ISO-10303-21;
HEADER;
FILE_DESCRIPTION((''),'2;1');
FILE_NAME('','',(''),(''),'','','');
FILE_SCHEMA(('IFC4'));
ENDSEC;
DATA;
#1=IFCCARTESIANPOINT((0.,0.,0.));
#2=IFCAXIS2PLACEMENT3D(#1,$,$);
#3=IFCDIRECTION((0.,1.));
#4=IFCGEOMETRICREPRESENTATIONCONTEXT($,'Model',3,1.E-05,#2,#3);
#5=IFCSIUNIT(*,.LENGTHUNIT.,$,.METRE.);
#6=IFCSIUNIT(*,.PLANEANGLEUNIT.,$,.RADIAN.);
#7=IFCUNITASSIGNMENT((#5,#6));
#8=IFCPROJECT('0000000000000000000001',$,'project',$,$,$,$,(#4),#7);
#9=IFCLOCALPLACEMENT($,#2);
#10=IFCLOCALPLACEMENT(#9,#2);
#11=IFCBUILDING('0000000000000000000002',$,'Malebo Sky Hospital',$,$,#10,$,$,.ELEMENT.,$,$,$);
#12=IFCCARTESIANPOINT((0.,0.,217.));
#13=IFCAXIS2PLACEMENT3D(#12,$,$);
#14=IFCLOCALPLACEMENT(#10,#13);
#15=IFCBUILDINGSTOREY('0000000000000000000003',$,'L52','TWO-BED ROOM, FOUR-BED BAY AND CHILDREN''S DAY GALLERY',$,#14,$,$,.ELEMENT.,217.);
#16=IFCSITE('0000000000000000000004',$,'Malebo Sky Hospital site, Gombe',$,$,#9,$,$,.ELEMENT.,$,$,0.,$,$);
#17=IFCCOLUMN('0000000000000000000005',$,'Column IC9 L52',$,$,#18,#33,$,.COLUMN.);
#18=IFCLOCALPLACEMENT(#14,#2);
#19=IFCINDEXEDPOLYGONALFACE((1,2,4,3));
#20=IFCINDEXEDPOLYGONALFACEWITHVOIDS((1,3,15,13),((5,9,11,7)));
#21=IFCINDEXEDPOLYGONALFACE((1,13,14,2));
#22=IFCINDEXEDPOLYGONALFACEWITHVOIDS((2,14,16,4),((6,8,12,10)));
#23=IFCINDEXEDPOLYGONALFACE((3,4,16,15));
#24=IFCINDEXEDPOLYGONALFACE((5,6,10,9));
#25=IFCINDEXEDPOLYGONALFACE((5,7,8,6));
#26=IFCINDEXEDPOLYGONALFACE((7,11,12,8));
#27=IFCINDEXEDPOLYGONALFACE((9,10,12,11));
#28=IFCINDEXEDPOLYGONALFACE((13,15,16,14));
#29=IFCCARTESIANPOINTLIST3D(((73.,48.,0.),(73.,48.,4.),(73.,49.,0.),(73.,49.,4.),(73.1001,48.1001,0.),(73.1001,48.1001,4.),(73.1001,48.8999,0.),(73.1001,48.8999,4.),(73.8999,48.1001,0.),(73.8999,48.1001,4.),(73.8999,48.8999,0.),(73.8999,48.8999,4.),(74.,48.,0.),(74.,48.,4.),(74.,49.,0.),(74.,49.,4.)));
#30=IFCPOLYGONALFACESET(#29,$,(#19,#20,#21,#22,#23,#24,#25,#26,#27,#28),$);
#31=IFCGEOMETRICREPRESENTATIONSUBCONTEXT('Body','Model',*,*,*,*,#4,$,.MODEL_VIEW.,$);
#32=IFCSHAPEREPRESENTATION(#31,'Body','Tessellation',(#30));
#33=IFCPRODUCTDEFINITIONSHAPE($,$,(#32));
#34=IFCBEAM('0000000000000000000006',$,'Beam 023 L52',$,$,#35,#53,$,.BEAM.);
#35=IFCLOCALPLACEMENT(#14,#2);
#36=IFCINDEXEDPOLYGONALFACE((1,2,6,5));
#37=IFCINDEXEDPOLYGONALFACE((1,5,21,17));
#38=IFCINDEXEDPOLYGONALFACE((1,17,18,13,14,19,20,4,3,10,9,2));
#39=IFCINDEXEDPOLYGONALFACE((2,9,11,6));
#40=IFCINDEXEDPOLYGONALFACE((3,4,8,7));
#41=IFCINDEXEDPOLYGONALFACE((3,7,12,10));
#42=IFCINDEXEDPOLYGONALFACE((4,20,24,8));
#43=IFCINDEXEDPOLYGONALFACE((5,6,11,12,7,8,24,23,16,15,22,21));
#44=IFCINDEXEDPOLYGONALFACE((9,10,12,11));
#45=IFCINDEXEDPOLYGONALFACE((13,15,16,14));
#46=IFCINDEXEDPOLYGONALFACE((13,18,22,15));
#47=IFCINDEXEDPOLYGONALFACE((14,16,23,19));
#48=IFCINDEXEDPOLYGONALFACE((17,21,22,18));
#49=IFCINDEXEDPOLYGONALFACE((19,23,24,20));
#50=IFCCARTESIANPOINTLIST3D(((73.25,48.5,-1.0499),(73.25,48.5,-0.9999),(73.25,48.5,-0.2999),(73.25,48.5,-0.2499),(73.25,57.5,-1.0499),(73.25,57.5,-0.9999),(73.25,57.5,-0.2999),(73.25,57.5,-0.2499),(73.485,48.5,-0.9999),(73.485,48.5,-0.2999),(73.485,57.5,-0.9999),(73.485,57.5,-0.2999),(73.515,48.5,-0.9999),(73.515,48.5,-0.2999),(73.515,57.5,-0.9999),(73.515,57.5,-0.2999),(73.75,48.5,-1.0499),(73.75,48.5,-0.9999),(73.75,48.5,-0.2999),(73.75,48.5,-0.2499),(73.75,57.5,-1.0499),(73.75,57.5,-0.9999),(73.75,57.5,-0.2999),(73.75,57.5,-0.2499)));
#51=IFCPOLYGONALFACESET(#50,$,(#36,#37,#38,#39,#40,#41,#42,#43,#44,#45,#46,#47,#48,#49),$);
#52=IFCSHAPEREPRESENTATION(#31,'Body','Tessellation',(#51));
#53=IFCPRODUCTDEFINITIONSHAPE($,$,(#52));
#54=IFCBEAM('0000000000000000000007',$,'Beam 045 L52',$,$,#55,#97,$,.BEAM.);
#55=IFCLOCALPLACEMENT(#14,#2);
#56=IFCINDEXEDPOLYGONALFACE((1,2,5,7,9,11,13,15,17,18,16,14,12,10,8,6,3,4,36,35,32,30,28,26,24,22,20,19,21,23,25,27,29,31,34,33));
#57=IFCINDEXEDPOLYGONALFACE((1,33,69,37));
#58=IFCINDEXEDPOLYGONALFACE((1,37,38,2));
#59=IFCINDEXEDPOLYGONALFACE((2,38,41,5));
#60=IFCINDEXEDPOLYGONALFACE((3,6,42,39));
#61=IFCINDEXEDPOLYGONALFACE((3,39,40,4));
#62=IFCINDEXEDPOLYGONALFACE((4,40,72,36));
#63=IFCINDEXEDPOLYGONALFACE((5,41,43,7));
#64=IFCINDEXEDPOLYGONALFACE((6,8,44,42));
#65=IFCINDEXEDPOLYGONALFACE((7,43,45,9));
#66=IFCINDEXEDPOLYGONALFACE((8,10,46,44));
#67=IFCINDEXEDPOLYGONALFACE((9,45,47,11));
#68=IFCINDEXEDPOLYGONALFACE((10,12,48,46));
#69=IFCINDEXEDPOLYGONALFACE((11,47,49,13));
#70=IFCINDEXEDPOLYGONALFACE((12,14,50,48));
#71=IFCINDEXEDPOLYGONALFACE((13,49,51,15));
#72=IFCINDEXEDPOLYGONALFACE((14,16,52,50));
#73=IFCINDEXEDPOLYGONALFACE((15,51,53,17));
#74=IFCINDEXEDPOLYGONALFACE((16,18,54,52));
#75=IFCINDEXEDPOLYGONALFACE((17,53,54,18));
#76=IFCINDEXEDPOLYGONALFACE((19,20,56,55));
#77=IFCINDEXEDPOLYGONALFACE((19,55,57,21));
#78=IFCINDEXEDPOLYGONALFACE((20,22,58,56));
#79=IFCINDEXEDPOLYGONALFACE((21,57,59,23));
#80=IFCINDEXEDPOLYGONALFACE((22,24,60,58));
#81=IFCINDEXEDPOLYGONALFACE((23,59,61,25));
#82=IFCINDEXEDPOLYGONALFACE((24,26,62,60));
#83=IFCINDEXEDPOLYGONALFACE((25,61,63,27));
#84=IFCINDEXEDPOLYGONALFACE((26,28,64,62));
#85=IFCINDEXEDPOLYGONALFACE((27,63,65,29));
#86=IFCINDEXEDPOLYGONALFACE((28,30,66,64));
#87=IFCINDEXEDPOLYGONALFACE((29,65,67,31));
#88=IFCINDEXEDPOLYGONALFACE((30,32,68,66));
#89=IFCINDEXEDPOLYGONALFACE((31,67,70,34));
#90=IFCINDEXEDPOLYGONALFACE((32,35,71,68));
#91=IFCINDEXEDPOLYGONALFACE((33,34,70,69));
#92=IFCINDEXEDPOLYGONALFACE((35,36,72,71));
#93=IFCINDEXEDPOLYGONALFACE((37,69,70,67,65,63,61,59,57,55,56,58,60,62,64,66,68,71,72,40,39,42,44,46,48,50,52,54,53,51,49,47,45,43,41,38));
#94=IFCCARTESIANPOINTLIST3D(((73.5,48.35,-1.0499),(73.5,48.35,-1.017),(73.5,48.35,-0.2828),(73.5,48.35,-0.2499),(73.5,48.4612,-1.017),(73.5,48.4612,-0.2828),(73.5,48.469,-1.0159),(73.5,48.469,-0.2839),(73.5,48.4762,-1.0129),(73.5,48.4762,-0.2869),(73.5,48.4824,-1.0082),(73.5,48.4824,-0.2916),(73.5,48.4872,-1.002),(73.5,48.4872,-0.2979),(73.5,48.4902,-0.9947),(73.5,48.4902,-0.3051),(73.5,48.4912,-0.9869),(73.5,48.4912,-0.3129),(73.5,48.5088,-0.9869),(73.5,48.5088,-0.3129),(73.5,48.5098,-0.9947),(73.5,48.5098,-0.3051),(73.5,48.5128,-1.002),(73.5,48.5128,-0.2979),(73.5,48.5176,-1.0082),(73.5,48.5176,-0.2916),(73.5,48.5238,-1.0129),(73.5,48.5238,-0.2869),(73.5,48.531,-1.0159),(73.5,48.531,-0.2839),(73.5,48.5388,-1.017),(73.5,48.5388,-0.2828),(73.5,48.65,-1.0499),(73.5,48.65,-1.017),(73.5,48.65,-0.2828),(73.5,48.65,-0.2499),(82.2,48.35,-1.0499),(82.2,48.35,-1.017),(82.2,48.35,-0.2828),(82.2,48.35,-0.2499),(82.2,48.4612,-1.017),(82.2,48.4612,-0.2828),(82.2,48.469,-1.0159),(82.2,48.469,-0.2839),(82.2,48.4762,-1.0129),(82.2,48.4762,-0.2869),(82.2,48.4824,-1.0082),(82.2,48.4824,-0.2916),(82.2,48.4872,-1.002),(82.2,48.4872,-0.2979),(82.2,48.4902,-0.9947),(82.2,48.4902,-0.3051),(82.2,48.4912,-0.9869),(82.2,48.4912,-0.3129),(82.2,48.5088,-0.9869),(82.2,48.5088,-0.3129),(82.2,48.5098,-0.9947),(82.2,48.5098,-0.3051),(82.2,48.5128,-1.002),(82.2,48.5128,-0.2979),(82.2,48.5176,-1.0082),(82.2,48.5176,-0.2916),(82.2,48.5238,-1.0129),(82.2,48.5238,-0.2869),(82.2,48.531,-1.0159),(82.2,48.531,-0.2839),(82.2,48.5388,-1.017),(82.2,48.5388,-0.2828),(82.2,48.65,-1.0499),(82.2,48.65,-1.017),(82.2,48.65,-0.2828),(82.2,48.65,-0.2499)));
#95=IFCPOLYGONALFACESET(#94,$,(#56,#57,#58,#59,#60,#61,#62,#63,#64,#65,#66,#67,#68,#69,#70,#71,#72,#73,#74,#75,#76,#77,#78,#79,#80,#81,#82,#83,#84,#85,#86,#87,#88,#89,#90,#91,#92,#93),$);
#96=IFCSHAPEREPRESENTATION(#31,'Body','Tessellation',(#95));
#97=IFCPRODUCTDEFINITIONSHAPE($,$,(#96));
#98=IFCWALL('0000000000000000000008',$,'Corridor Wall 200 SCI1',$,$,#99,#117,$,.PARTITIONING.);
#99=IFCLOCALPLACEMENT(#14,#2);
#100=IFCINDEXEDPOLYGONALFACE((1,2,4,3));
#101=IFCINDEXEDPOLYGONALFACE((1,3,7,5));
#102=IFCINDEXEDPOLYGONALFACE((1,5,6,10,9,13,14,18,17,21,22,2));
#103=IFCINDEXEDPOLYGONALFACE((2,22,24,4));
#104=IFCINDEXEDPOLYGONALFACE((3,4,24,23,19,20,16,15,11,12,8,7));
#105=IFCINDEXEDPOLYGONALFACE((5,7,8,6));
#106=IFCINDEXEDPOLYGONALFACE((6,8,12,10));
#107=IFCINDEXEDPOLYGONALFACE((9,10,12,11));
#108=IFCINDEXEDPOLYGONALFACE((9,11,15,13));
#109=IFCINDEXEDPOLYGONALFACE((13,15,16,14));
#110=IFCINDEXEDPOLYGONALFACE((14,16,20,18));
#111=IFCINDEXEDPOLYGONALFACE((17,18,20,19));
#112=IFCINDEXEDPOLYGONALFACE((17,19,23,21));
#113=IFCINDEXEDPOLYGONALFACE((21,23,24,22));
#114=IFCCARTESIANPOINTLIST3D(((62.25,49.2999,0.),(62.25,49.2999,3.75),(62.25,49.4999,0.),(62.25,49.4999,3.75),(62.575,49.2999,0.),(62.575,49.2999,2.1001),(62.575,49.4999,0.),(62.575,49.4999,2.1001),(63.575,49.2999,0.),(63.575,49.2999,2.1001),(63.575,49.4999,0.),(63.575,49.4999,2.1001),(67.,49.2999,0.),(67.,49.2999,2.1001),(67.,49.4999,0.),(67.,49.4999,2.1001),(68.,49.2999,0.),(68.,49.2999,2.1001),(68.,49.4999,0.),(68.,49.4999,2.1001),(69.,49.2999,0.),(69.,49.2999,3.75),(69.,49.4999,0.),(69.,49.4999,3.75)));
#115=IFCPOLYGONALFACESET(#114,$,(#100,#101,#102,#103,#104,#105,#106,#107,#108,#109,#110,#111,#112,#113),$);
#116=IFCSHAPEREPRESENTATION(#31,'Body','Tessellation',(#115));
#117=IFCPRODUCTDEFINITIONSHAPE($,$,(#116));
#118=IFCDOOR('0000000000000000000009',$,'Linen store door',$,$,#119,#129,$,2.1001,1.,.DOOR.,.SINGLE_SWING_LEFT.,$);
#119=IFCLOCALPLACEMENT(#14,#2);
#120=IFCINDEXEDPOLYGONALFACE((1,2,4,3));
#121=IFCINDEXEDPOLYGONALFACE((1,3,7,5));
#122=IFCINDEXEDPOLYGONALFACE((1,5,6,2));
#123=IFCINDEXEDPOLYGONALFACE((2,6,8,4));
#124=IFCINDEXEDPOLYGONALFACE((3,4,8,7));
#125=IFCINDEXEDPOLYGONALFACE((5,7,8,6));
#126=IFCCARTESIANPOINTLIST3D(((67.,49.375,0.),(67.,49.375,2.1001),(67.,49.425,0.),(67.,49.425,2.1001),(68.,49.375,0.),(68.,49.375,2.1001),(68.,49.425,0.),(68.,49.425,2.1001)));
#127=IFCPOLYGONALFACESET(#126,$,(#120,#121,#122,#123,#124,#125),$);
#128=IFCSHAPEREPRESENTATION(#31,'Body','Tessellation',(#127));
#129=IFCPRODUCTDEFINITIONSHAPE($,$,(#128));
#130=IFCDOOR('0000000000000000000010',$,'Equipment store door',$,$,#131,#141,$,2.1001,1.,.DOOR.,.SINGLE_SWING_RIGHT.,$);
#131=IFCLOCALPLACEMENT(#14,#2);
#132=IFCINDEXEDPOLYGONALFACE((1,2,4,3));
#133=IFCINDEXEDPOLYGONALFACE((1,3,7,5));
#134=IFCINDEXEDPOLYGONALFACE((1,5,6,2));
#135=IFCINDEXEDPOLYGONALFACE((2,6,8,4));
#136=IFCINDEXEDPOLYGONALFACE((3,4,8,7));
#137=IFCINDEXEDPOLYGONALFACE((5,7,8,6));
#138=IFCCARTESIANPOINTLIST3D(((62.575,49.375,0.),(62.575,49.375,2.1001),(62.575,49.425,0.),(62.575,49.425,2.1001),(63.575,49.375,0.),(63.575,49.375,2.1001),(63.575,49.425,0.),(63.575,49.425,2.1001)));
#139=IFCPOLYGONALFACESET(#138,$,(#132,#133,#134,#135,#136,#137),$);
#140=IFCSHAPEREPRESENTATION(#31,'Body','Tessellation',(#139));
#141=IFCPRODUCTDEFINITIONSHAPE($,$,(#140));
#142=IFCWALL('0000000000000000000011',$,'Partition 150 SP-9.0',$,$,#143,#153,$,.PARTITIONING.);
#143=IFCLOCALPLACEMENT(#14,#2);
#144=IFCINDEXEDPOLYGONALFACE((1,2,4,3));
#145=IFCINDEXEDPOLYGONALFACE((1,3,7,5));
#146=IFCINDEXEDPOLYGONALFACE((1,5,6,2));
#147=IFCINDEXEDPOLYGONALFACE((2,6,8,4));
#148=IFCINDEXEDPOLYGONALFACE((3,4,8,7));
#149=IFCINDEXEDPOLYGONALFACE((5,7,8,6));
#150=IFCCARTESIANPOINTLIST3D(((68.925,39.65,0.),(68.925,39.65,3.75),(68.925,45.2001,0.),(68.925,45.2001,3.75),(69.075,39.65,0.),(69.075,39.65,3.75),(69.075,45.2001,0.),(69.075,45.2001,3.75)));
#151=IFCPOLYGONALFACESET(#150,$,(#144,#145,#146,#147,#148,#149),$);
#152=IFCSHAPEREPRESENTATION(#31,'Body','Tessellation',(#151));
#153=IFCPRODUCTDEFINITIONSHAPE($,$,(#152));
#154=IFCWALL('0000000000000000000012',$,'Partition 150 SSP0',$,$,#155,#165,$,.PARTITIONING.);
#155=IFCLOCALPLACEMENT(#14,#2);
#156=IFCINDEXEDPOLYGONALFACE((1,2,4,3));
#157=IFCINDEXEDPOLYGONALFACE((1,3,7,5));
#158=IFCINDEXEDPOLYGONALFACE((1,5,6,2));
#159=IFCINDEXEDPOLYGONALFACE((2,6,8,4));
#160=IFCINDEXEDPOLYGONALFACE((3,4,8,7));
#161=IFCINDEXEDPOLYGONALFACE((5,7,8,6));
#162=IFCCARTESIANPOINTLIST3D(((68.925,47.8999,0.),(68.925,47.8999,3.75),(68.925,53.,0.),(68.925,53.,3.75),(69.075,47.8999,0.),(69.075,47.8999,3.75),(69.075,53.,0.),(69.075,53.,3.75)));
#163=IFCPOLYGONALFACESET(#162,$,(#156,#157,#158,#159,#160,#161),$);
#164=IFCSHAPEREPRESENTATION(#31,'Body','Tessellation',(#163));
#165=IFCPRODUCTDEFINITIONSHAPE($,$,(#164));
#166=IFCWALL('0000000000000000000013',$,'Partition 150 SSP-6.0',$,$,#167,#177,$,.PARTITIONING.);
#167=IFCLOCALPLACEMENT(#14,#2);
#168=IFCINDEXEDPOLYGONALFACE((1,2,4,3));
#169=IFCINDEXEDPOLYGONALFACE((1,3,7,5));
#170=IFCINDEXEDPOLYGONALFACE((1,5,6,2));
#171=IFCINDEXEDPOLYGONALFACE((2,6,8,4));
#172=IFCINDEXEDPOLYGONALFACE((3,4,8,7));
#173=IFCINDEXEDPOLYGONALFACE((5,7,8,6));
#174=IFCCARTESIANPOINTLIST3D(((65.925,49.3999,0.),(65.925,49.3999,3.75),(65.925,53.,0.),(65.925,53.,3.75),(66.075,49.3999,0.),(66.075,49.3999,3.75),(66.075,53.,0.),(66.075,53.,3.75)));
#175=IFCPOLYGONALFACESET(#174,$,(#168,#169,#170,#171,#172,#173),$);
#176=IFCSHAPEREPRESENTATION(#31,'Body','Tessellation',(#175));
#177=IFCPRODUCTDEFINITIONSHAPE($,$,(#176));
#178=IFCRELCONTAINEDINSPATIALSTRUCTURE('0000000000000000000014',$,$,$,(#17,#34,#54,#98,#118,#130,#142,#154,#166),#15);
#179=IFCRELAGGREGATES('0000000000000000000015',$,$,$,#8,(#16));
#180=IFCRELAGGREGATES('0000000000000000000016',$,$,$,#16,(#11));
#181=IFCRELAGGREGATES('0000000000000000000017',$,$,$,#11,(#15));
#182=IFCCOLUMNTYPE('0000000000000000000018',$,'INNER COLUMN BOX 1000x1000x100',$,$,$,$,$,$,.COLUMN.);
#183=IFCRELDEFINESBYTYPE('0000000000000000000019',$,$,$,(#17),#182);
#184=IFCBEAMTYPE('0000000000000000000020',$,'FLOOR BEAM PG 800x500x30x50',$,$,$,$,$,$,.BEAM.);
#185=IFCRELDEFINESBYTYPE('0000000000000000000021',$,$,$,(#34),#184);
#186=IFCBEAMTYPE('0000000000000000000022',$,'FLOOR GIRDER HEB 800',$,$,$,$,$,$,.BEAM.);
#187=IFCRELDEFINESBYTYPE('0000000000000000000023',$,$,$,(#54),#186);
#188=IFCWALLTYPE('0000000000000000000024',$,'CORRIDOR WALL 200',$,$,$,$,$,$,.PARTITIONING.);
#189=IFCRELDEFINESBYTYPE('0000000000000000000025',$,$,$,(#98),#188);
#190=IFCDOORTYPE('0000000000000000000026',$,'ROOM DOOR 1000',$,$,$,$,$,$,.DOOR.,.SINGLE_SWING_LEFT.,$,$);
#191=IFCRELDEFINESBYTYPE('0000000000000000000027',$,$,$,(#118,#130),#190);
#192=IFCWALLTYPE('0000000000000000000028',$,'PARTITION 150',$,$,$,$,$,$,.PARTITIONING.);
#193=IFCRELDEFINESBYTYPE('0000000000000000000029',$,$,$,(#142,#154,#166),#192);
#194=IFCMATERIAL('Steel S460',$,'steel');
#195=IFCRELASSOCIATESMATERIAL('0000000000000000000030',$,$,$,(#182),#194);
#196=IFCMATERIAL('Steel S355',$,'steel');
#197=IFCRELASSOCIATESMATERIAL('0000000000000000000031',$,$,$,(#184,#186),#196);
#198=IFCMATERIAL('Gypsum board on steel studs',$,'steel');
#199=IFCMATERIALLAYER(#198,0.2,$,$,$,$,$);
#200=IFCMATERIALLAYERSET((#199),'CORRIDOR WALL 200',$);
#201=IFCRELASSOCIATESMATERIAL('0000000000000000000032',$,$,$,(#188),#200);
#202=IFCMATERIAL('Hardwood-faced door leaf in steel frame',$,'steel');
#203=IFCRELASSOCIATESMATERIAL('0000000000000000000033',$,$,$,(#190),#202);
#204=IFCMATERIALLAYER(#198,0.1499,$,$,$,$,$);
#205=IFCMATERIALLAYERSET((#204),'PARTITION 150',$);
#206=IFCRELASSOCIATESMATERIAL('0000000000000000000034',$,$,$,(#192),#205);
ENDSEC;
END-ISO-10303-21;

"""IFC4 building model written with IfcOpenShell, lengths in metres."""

from ifc_helpers import new_model, si_unit, direction, frame, frame_2d, origin, origin_2d, place, context, subcontext, project, spatial, rectangle, hollow_rectangle, i_section, extrude, material, layer, layer_set, material_profile, profile_set, type_object, element, fill, save


model = new_model("IFC4")

# Units and contexts
model_context = context("Model", 3, precision=1e-05, world=origin(), true_north=direction((0.0, 1.0)))
body_context = subcontext(model_context, "Body", "Model", "MODEL_VIEW")
ifc_project = project(units=[si_unit("LENGTHUNIT", "METRE"), si_unit("PLANEANGLEUNIT", "RADIAN")], contexts=[model_context])

# Site, building, storey
site_placement = place(None, origin())
site = spatial("IfcSite", under=ifc_project, at=site_placement, Name="Malebo Sky Hospital site, Gombe", CompositionType="ELEMENT", RefElevation=0.0)
building_placement = place(site_placement, origin())
building = spatial("IfcBuilding", under=site, at=building_placement, Name="Malebo Sky Hospital", CompositionType="ELEMENT")
storey_placement = place(building_placement, frame((0.0, 0.0, 217.0)))
storey = spatial("IfcBuildingStorey", under=building, at=storey_placement, Name="L52", Description="TWO-BED ROOM, FOUR-BED BAY AND CHILDREN'S DAY GALLERY", CompositionType="ELEMENT", Elevation=217.0)

# Column
ifc_material_1 = material(Name="Steel S460", Category="steel")
ifc_material_profile_1 = material_profile(ifc_material_1, hollow_rectangle(XDim=1.0, YDim=1.0, WallThickness=0.1001, at=origin_2d()), Name="BOX 1000x1000x100")
ifc_profile_set_1 = profile_set([ifc_material_profile_1], Name="Steel S460")
column_type = type_object("IfcColumnType", Name="INNER COLUMN BOX 1000x1000x100", PredefinedType="COLUMN", material=ifc_profile_set_1)
column_placement = place(storey_placement, frame((73.5, 48.5, 0.0), z_axis=(0.0, 0.0, 1.0), x_axis=(1.0, 0.0, 0.0)))
element("IfcColumn", 1, at=column_placement, inside=storey, type_object=column_type, Name="Column IC9 L52", PredefinedType="COLUMN", context=body_context, shape_type="SweptSolid", body=[
    extrude(hollow_rectangle(XDim=1.0, YDim=1.0, WallThickness=0.1001, at=origin_2d()), origin(), (0.0, 0.0, 1.0), 4.0),
])

# Beams
ifc_material_2 = material(Name="Steel S355", Category="steel")
ifc_material_profile_2 = material_profile(ifc_material_2, i_section(OverallWidth=0.5, OverallDepth=0.8, WebThickness=0.03, FlangeThickness=0.05, at=origin_2d()), Name="PG 800x500x30x50")
ifc_profile_set_2 = profile_set([ifc_material_profile_2], Name="Steel S355")
beam_type_1 = type_object("IfcBeamType", Name="FLOOR BEAM PG 800x500x30x50", PredefinedType="BEAM", material=ifc_profile_set_2)
beam_1_placement = place(storey_placement, frame((73.5, 48.5, -0.6499), z_axis=(0.0, 1.0, 0.0), x_axis=(-1.0, 0.0, 0.0)))
element("IfcBeam", 2, at=beam_1_placement, inside=storey, type_object=beam_type_1, Name="Beam 023 L52", PredefinedType="BEAM", context=body_context, shape_type="SweptSolid", body=[
    extrude(i_section(OverallWidth=0.5, OverallDepth=0.8, WebThickness=0.03, FlangeThickness=0.05, at=origin_2d()), origin(), (0.0, 0.0, 1.0), 9.0),
])
ifc_material_profile_3 = material_profile(ifc_material_2, i_section(OverallWidth=0.3, OverallDepth=0.8, WebThickness=0.0176, FlangeThickness=0.033, FilletRadius=0.03, at=origin_2d()), Name="HEB 800")
ifc_profile_set_3 = profile_set([ifc_material_profile_3], Name="Steel S355")
beam_type_2 = type_object("IfcBeamType", Name="FLOOR GIRDER HEB 800", PredefinedType="BEAM", material=ifc_profile_set_3)
beam_2_placement = place(storey_placement, frame((73.5, 48.5, -0.6499), z_axis=(1.0, 0.0, 0.0), x_axis=(0.0, 1.0, 0.0)))
element("IfcBeam", 3, at=beam_2_placement, inside=storey, type_object=beam_type_2, Name="Beam 045 L52", PredefinedType="BEAM", context=body_context, shape_type="SweptSolid", body=[
    extrude(i_section(OverallWidth=0.3, OverallDepth=0.8, WebThickness=0.0176, FlangeThickness=0.033, FilletRadius=0.03, at=origin_2d()), origin(), (0.0, 0.0, 1.0), 8.7),
])

# Wall, openings, doors
ifc_material_3 = material(Name="Gypsum board on steel studs", Category="steel")
ifc_layer_1 = layer(ifc_material_3, 0.2)
ifc_layer_set_1 = layer_set([ifc_layer_1], Name="CORRIDOR WALL 200")
wall_type_1 = type_object("IfcWallType", Name="CORRIDOR WALL 200", PredefinedType="PARTITIONING", material=ifc_layer_set_1)
wall_1_placement = place(storey_placement, frame((69.0, 49.3999, 0.0), z_axis=(0.0, 0.0, 1.0), x_axis=(-1.0, 0.0, 0.0)))
wall_1 = element("IfcWall", 4, at=wall_1_placement, inside=storey, type_object=wall_type_1, Name="Corridor Wall 200 SCI1", PredefinedType="PARTITIONING", context=body_context, shape_type="SweptSolid", body=[
    extrude(rectangle(XDim=6.75, YDim=0.2, at=frame_2d((3.375, 0.0))), origin(), (0.0, 0.0, 1.0), 3.75),
])
opening_1_placement = place(wall_1_placement, frame((1.0, 0.0, 0.0)))
opening_1 = element("IfcOpeningElement", 5, at=opening_1_placement, cuts=wall_1, PredefinedType="OPENING", context=body_context, shape_type="SweptSolid", body=[
    extrude(rectangle(XDim=1.0, YDim=2.1001, at=frame_2d((0.5, 1.05))), frame((0.0, 0.1099, 0.0), z_axis=(0.0, -1.0, 0.0), x_axis=(1.0, 0.0, 0.0)), (0.0, 0.0, 1.0), 0.22),
])
opening_2_placement = place(wall_1_placement, frame((5.425, 0.0, 0.0)))
opening_2 = element("IfcOpeningElement", 6, at=opening_2_placement, cuts=wall_1, PredefinedType="OPENING", context=body_context, shape_type="SweptSolid", body=[
    extrude(rectangle(XDim=1.0, YDim=2.1001, at=frame_2d((0.5, 1.05))), frame((0.0, 0.1099, 0.0), z_axis=(0.0, -1.0, 0.0), x_axis=(1.0, 0.0, 0.0)), (0.0, 0.0, 1.0), 0.22),
])
ifc_material_4 = material(Name="Hardwood-faced door leaf in steel frame", Category="steel")
door_type = type_object("IfcDoorType", Name="ROOM DOOR 1000", OperationType="SINGLE_SWING_LEFT", PredefinedType="DOOR", material=ifc_material_4)
door_1_placement = place(opening_1_placement, origin())
door_1 = element("IfcDoor", 7, at=door_1_placement, inside=storey, type_object=door_type, Name="Linen store door", OperationType="SINGLE_SWING_LEFT", OverallHeight=2.1001, OverallWidth=1.0, PredefinedType="DOOR", context=body_context, shape_type="SweptSolid", body=[
    extrude(rectangle(XDim=1.0, YDim=2.1001, at=frame_2d((0.5, 1.05))), frame((0.0, 0.0249, 0.0), z_axis=(0.0, -1.0, 0.0), x_axis=(1.0, 0.0, 0.0)), (0.0, 0.0, 1.0), 0.05),
])
fill(opening_1, door_1)
door_2_placement = place(opening_2_placement, origin())
door_2 = element("IfcDoor", 8, at=door_2_placement, inside=storey, type_object=door_type, Name="Equipment store door", OperationType="SINGLE_SWING_RIGHT", OverallHeight=2.1001, OverallWidth=1.0, PredefinedType="DOOR", context=body_context, shape_type="SweptSolid", body=[
    extrude(rectangle(XDim=1.0, YDim=2.1001, at=frame_2d((0.5, 1.05))), frame((0.0, 0.0249, 0.0), z_axis=(0.0, -1.0, 0.0), x_axis=(1.0, 0.0, 0.0)), (0.0, 0.0, 1.0), 0.05),
])
fill(opening_2, door_2)

# Walls
ifc_layer_2 = layer(ifc_material_3, 0.1499)
ifc_layer_set_2 = layer_set([ifc_layer_2], Name="PARTITION 150")
wall_type_2 = type_object("IfcWallType", Name="PARTITION 150", PredefinedType="PARTITIONING", material=ifc_layer_set_2)
wall_2_placement = place(storey_placement, frame((69.0, 45.2, 0.0), z_axis=(0.0, 0.0, 1.0), x_axis=(0.0, -1.0, 0.0)))
element("IfcWall", 9, at=wall_2_placement, inside=storey, type_object=wall_type_2, Name="Partition 150 SP-9.0", PredefinedType="PARTITIONING", context=body_context, shape_type="SweptSolid", body=[
    extrude(rectangle(XDim=5.55, YDim=0.1499, at=frame_2d((2.7749, 0.0))), origin(), (0.0, 0.0, 1.0), 3.75),
])
wall_3_placement = place(storey_placement, frame((69.0, 53.0, 0.0), z_axis=(0.0, 0.0, 1.0), x_axis=(0.0, -1.0, 0.0)))
element("IfcWall", 10, at=wall_3_placement, inside=storey, type_object=wall_type_2, Name="Partition 150 SSP0", PredefinedType="PARTITIONING", context=body_context, shape_type="SweptSolid", body=[
    extrude(rectangle(XDim=5.1001, YDim=0.1499, at=frame_2d((2.55, 0.0))), origin(), (0.0, 0.0, 1.0), 3.75),
])
wall_4_placement = place(storey_placement, frame((66.0, 53.0, 0.0), z_axis=(0.0, 0.0, 1.0), x_axis=(0.0, -1.0, 0.0)))
element("IfcWall", 11, at=wall_4_placement, inside=storey, type_object=wall_type_2, Name="Partition 150 SSP-6.0", PredefinedType="PARTITIONING", context=body_context, shape_type="SweptSolid", body=[
    extrude(rectangle(XDim=3.6001, YDim=0.1499, at=frame_2d((1.8, 0.0))), origin(), (0.0, 0.0, 1.0), 3.75),
])

save(model, "model.ifc")
